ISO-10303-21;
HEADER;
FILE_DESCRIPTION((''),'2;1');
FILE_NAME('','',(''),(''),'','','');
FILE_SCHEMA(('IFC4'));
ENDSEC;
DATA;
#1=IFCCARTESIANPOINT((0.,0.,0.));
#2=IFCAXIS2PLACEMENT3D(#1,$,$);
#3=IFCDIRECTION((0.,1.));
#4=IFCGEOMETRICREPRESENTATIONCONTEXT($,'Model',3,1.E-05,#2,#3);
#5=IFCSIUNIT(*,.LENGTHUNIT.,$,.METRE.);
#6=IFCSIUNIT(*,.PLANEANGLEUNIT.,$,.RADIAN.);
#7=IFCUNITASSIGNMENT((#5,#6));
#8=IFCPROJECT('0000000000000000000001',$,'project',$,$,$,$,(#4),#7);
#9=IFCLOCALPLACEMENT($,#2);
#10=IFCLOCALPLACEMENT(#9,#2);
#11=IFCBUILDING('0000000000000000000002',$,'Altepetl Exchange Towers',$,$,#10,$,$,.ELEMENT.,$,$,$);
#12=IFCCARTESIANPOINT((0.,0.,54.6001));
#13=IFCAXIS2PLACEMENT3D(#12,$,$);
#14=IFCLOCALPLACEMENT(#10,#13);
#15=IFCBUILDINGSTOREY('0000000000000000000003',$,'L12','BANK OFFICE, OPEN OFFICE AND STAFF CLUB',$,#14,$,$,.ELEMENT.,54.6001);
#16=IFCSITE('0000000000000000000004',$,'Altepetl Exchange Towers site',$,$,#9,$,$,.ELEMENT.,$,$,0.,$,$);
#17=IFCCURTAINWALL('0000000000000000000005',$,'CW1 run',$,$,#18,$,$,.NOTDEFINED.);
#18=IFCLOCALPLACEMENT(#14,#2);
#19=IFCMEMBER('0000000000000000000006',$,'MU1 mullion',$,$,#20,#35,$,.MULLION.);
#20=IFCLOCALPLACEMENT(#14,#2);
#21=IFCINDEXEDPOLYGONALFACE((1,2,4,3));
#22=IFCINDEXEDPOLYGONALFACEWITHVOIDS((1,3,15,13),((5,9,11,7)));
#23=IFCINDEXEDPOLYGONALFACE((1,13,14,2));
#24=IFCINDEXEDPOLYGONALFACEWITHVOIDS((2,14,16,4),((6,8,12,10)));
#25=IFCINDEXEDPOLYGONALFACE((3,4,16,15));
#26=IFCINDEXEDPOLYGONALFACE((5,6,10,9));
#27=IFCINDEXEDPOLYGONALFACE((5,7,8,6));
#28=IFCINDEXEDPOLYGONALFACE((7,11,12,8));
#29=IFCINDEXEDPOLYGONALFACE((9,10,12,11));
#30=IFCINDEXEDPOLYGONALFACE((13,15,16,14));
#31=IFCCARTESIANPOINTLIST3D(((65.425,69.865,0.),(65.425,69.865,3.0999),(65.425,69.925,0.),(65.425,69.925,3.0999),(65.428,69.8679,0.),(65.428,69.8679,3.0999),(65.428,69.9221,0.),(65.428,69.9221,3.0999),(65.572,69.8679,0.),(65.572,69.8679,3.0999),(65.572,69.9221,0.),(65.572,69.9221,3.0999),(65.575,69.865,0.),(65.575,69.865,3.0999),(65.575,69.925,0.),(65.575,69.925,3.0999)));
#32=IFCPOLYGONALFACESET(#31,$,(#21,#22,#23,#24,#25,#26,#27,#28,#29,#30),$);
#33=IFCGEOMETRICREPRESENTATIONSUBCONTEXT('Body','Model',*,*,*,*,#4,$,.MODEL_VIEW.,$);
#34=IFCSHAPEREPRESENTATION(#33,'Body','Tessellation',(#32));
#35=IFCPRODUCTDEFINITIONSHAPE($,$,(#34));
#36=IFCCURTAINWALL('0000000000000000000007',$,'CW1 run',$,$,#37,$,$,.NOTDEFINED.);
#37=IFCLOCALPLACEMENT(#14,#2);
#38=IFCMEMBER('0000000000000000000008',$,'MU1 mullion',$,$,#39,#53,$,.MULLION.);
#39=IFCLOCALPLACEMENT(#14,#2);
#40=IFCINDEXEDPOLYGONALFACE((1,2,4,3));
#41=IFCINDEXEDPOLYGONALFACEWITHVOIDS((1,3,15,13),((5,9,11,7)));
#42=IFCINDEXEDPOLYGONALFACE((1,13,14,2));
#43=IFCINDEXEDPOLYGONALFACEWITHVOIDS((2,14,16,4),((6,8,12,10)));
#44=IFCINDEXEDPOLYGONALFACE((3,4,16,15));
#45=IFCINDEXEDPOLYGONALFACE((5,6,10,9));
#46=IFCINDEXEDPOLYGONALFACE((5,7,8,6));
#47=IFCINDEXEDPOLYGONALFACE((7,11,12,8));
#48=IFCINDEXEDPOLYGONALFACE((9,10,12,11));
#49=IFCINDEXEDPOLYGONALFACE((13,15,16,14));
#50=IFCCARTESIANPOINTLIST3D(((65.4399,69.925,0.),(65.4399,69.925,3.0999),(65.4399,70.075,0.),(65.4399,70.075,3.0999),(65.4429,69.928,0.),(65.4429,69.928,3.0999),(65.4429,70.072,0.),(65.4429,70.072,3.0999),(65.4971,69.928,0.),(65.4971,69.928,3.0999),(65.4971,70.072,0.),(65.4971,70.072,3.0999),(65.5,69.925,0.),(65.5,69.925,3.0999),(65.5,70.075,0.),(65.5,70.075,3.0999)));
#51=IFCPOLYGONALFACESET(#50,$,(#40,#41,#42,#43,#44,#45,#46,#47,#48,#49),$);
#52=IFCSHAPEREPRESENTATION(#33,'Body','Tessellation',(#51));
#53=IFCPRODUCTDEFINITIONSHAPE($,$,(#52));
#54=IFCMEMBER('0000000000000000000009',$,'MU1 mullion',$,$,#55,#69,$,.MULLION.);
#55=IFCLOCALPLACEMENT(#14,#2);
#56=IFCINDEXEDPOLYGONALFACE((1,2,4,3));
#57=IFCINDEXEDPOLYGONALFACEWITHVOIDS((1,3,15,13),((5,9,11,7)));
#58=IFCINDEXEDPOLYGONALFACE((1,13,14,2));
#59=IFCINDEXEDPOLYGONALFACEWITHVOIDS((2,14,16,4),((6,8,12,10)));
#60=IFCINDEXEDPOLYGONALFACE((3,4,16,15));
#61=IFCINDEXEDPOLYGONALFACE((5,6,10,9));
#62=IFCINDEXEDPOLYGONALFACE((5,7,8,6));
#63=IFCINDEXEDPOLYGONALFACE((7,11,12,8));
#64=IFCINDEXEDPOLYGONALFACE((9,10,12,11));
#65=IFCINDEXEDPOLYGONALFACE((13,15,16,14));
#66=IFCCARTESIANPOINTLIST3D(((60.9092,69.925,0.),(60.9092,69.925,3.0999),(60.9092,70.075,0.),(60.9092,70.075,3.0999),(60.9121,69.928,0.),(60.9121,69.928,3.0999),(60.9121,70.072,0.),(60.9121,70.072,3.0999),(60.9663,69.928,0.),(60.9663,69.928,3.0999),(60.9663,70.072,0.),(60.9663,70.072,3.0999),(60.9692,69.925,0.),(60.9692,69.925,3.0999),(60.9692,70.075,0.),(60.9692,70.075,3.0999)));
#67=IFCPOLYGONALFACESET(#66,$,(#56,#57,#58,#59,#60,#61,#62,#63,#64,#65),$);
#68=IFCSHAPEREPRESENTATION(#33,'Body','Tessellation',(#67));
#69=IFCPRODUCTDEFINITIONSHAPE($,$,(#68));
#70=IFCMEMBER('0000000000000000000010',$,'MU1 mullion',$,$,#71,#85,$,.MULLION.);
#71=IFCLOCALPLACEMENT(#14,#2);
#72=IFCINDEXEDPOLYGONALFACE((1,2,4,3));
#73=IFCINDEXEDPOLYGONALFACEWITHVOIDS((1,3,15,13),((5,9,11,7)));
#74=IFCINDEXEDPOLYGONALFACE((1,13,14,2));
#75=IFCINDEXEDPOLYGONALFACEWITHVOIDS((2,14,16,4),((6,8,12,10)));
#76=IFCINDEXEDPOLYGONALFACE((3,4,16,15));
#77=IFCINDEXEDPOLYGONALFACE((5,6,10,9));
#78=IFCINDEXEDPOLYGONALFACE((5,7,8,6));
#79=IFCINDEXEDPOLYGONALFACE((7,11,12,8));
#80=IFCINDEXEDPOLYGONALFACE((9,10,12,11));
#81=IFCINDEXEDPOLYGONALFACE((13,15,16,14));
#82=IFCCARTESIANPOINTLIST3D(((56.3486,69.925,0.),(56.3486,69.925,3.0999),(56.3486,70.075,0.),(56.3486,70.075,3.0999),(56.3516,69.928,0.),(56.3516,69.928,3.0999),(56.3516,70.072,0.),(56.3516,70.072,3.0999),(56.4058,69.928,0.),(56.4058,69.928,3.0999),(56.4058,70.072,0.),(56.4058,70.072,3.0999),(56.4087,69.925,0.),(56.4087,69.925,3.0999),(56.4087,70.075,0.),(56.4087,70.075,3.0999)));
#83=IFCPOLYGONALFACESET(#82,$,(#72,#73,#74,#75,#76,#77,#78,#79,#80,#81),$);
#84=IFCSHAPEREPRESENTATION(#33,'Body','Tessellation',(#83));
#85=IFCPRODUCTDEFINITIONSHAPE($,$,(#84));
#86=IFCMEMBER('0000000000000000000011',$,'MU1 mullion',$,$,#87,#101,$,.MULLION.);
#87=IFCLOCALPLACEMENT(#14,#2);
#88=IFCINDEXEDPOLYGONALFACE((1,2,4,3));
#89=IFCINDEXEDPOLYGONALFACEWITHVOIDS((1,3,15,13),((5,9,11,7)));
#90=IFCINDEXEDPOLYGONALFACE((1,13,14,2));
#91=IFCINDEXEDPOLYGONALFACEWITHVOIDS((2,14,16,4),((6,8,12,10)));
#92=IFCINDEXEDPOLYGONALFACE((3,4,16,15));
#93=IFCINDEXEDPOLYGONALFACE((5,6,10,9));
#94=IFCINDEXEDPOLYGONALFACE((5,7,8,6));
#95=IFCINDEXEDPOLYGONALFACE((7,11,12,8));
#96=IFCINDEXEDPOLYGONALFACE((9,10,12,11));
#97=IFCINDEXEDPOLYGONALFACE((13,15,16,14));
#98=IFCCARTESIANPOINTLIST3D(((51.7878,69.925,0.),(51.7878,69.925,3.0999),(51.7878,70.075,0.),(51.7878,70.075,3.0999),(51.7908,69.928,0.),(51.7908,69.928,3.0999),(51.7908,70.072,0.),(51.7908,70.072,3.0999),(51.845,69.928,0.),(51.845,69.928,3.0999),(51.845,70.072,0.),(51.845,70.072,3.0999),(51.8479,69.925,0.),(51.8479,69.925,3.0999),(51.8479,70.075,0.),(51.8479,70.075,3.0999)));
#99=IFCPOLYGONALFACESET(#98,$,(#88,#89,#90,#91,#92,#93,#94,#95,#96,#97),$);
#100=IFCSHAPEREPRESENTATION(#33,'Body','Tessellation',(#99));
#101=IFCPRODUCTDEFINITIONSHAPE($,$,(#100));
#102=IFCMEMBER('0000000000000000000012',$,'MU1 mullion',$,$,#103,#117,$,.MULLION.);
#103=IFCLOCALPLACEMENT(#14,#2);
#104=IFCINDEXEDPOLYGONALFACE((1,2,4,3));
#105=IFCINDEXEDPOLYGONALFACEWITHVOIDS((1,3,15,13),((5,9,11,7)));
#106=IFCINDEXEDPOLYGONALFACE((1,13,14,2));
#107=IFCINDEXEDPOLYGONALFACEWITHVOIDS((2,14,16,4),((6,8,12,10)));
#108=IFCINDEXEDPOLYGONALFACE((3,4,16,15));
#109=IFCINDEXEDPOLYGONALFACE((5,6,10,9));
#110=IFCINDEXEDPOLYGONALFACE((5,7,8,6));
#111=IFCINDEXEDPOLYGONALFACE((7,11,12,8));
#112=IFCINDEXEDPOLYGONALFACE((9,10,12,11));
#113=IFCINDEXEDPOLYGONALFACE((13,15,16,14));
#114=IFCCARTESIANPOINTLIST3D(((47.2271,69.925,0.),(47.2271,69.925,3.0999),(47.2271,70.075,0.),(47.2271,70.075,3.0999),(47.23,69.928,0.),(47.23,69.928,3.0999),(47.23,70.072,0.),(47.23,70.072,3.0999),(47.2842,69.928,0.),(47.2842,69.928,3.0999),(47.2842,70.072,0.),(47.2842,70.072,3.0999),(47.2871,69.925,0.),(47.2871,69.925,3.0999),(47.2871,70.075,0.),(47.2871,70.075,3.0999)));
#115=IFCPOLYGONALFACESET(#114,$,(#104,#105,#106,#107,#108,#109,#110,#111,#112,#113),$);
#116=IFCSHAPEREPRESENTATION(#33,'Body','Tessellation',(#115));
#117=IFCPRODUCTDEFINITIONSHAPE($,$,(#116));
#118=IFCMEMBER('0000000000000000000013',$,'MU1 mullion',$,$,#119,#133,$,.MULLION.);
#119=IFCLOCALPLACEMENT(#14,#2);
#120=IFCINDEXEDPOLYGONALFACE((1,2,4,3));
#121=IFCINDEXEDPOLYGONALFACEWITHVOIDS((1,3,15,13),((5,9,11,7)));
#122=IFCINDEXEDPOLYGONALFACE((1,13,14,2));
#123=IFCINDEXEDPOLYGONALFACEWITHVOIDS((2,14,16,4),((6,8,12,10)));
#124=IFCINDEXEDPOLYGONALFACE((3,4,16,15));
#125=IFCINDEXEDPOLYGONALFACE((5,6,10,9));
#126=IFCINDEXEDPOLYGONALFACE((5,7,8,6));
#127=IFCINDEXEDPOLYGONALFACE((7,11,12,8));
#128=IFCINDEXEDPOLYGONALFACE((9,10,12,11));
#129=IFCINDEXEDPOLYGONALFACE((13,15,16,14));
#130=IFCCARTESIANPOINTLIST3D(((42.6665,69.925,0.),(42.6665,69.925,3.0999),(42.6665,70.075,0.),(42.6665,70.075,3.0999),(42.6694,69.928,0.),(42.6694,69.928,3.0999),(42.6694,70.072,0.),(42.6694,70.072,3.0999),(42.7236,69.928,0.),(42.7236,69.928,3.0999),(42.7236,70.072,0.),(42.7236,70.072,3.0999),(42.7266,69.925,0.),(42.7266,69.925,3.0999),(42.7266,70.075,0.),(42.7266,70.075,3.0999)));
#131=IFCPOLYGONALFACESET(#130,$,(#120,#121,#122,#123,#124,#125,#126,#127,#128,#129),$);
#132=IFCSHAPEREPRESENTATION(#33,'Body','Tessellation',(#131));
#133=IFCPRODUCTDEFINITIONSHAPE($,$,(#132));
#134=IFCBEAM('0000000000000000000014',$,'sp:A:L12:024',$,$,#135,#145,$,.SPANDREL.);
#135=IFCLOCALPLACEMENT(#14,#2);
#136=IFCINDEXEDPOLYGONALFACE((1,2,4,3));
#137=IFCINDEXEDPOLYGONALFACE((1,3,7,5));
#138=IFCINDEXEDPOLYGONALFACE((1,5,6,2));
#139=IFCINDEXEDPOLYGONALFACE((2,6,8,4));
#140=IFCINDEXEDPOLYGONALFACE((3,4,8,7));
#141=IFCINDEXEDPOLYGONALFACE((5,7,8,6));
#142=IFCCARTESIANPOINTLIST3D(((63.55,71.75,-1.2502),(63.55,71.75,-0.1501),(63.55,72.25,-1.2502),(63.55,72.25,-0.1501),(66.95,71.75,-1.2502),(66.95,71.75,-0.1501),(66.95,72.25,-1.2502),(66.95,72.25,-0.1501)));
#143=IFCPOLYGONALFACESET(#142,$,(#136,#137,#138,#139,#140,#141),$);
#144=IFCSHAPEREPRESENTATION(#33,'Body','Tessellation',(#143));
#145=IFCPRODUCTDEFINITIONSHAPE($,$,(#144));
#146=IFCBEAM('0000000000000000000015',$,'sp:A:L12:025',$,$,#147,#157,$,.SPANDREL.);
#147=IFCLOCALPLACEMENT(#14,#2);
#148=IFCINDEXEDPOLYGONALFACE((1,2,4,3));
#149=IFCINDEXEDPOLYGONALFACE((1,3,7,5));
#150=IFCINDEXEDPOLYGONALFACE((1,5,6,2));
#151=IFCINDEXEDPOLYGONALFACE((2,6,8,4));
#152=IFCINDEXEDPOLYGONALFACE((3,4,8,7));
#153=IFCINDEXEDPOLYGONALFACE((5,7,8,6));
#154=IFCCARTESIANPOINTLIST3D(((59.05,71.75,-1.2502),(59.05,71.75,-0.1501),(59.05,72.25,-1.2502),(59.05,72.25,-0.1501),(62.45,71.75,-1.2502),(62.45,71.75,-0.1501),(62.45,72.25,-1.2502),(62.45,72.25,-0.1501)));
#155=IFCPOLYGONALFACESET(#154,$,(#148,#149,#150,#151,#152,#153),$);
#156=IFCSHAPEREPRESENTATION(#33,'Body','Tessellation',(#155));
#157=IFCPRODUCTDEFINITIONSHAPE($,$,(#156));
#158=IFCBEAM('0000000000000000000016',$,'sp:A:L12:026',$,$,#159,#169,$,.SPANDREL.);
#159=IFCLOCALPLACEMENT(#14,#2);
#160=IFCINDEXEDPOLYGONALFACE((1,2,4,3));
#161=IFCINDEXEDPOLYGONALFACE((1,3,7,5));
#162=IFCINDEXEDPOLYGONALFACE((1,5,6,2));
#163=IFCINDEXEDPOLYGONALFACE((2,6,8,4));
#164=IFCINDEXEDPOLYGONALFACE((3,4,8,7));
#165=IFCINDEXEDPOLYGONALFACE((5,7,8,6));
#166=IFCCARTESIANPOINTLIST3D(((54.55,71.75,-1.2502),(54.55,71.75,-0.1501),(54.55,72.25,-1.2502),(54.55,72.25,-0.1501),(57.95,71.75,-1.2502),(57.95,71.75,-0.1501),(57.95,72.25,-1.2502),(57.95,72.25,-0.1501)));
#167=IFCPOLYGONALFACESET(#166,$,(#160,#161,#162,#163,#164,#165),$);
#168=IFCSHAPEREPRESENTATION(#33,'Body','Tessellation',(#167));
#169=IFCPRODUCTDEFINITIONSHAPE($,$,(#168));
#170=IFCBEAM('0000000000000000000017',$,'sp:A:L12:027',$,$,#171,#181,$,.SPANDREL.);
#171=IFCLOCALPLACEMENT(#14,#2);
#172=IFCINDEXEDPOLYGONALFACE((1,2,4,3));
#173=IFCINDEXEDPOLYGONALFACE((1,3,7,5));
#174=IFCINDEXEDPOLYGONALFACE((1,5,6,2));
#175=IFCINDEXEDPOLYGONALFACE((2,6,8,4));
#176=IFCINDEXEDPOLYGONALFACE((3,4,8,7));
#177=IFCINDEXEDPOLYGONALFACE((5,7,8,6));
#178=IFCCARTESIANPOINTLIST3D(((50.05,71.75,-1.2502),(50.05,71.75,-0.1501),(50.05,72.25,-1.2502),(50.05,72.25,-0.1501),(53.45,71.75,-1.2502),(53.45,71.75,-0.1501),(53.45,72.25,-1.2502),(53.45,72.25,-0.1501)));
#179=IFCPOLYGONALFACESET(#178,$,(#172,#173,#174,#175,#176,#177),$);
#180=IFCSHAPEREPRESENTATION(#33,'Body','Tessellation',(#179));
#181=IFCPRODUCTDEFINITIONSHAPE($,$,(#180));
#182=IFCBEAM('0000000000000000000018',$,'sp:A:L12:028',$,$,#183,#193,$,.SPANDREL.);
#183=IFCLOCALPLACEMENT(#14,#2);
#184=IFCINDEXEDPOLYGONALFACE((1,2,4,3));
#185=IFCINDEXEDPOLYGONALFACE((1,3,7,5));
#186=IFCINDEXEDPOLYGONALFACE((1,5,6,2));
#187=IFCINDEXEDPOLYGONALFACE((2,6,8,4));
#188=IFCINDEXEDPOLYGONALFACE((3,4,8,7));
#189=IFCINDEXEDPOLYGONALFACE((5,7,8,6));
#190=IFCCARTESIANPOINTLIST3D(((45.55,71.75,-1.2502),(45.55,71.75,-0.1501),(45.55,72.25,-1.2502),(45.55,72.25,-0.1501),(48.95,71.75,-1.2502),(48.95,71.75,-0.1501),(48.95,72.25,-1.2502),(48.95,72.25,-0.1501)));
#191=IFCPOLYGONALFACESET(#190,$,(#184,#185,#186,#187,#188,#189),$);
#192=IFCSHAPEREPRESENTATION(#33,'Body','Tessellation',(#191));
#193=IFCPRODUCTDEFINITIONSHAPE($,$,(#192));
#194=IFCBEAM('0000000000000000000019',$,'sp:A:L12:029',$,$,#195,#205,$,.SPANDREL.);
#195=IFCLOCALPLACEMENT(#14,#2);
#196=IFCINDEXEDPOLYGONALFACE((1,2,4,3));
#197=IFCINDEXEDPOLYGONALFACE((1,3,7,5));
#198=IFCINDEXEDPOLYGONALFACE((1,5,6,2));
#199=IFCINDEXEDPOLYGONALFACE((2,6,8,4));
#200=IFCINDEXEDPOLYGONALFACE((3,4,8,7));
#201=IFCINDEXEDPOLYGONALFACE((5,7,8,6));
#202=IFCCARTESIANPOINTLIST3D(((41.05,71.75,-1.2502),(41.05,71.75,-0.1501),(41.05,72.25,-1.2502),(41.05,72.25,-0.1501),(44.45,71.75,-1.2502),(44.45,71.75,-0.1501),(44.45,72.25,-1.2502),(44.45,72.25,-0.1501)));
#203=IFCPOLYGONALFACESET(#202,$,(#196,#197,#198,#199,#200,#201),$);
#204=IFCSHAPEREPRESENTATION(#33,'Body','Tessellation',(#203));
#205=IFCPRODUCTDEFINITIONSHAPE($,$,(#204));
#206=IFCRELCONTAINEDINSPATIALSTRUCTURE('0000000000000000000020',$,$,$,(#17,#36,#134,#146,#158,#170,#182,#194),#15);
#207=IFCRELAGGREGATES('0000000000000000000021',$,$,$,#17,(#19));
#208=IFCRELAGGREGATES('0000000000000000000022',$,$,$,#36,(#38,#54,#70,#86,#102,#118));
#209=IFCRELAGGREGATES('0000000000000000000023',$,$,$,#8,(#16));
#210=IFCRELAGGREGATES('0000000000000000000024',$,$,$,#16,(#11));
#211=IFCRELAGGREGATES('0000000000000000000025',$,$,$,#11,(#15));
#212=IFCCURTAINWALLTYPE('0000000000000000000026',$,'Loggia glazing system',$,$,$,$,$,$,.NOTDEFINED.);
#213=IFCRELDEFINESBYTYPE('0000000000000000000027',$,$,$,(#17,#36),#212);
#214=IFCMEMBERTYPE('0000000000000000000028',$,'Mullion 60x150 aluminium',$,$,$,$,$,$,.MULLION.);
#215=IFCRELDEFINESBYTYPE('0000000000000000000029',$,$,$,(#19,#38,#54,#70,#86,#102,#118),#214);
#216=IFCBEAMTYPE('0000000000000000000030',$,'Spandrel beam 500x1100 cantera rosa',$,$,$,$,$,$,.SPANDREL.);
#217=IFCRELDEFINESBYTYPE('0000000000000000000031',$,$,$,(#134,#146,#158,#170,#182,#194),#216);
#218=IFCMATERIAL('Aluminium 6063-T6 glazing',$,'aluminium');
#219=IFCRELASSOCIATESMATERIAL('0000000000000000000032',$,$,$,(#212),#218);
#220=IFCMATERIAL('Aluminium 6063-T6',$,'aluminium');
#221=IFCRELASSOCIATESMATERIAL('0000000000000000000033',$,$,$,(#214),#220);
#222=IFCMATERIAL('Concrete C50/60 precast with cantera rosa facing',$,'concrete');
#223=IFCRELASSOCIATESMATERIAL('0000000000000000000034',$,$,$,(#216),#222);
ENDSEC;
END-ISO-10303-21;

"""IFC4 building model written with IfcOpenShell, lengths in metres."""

from ifc_helpers import new_model, si_unit, direction, frame, origin, origin_2d, place, context, subcontext, project, spatial, rectangle, hollow_rectangle, extrude, material, material_profile, profile_set, type_object, element, aggregate, save


model = new_model("IFC4")

# Units and contexts
model_context = context("Model", 3, precision=1e-05, world=origin(), true_north=direction((0.0, 1.0)))
body_context = subcontext(model_context, "Body", "Model", "MODEL_VIEW")
ifc_project = project(units=[si_unit("LENGTHUNIT", "METRE"), si_unit("PLANEANGLEUNIT", "RADIAN")], contexts=[model_context])

# Site, building, storey
site_placement = place(None, origin())
site = spatial("IfcSite", under=ifc_project, at=site_placement, Name="Altepetl Exchange Towers site", CompositionType="ELEMENT", RefElevation=0.0)
building_placement = place(site_placement, origin())
building = spatial("IfcBuilding", under=site, at=building_placement, Name="Altepetl Exchange Towers", CompositionType="ELEMENT")
storey_placement = place(building_placement, frame((0.0, 0.0, 54.6001)))
storey = spatial("IfcBuildingStorey", under=building, at=storey_placement, Name="L12", Description="BANK OFFICE, OPEN OFFICE AND STAFF CLUB", CompositionType="ELEMENT", Elevation=54.6001)

# Shared definitions
ifc_material_1 = material(Name="Aluminium 6063-T6 glazing", Category="aluminium")
curtain_wall_type = type_object("IfcCurtainWallType", Name="Loggia glazing system", PredefinedType="NOTDEFINED", material=ifc_material_1)
ifc_material_2 = material(Name="Aluminium 6063-T6", Category="aluminium")
ifc_material_profile_1 = material_profile(ifc_material_2, hollow_rectangle(XDim=0.0601, YDim=0.1499, WallThickness=0.0029, at=origin_2d()), Name="Mullion 60x150 aluminium")
ifc_profile_set_1 = profile_set([ifc_material_profile_1], Name="Aluminium 6063-T6")
member_type = type_object("IfcMemberType", Name="Mullion 60x150 aluminium", PredefinedType="MULLION", material=ifc_profile_set_1)

# Curtain walls, members
curtain_wall_1_placement = place(storey_placement, origin())
curtain_wall_1 = element("IfcCurtainWall", 1, at=curtain_wall_1_placement, inside=storey, type_object=curtain_wall_type, Name="CW1 run", PredefinedType="NOTDEFINED")
member_1_placement = place(storey_placement, frame((65.5, 69.895, 0.0), z_axis=(0.0, 0.0, 1.0), x_axis=(0.0, 1.0, 0.0)))
member_1 = element("IfcMember", 2, at=member_1_placement, type_object=member_type, Name="MU1 mullion", PredefinedType="MULLION", context=body_context, shape_type="SweptSolid", body=[
    extrude(hollow_rectangle(XDim=0.0601, YDim=0.1499, WallThickness=0.0029, at=origin_2d()), origin(), (0.0, 0.0, 1.0), 3.0999),
])
curtain_wall_2_placement = place(storey_placement, origin())
curtain_wall_2 = element("IfcCurtainWall", 3, at=curtain_wall_2_placement, inside=storey, type_object=curtain_wall_type, Name="CW1 run", PredefinedType="NOTDEFINED")
member_2_placement = place(storey_placement, frame((65.47, 70.0, 0.0), z_axis=(0.0, 0.0, 1.0), x_axis=(-1.0, 0.0, 0.0)))
member_2 = element("IfcMember", 4, at=member_2_placement, type_object=member_type, Name="MU1 mullion", PredefinedType="MULLION", context=body_context, shape_type="SweptSolid", body=[
    extrude(hollow_rectangle(XDim=0.0601, YDim=0.1499, WallThickness=0.0029, at=origin_2d()), origin(), (0.0, 0.0, 1.0), 3.0999),
])
member_3_placement = place(storey_placement, frame((60.9392, 70.0, 0.0), z_axis=(0.0, 0.0, 1.0), x_axis=(-1.0, 0.0, 0.0)))
member_3 = element("IfcMember", 5, at=member_3_placement, type_object=member_type, Name="MU1 mullion", PredefinedType="MULLION", context=body_context, shape_type="SweptSolid", body=[
    extrude(hollow_rectangle(XDim=0.0601, YDim=0.1499, WallThickness=0.0029, at=origin_2d()), origin(), (0.0, 0.0, 1.0), 3.0999),
])
member_4_placement = place(storey_placement, frame((56.3787, 70.0, 0.0), z_axis=(0.0, 0.0, 1.0), x_axis=(-1.0, 0.0, 0.0)))
member_4 = element("IfcMember", 6, at=member_4_placement, type_object=member_type, Name="MU1 mullion", PredefinedType="MULLION", context=body_context, shape_type="SweptSolid", body=[
    extrude(hollow_rectangle(XDim=0.0601, YDim=0.1499, WallThickness=0.0029, at=origin_2d()), origin(), (0.0, 0.0, 1.0), 3.0999),
])
member_5_placement = place(storey_placement, frame((51.8179, 70.0, 0.0), z_axis=(0.0, 0.0, 1.0), x_axis=(-1.0, 0.0, 0.0)))
member_5 = element("IfcMember", 7, at=member_5_placement, type_object=member_type, Name="MU1 mullion", PredefinedType="MULLION", context=body_context, shape_type="SweptSolid", body=[
    extrude(hollow_rectangle(XDim=0.0601, YDim=0.1499, WallThickness=0.0029, at=origin_2d()), origin(), (0.0, 0.0, 1.0), 3.0999),
])
member_6_placement = place(storey_placement, frame((47.2571, 70.0, 0.0), z_axis=(0.0, 0.0, 1.0), x_axis=(-1.0, 0.0, 0.0)))
member_6 = element("IfcMember", 8, at=member_6_placement, type_object=member_type, Name="MU1 mullion", PredefinedType="MULLION", context=body_context, shape_type="SweptSolid", body=[
    extrude(hollow_rectangle(XDim=0.0601, YDim=0.1499, WallThickness=0.0029, at=origin_2d()), origin(), (0.0, 0.0, 1.0), 3.0999),
])
member_7_placement = place(storey_placement, frame((42.6965, 70.0, 0.0), z_axis=(0.0, 0.0, 1.0), x_axis=(-1.0, 0.0, 0.0)))
member_7 = element("IfcMember", 9, at=member_7_placement, type_object=member_type, Name="MU1 mullion", PredefinedType="MULLION", context=body_context, shape_type="SweptSolid", body=[
    extrude(hollow_rectangle(XDim=0.0601, YDim=0.1499, WallThickness=0.0029, at=origin_2d()), origin(), (0.0, 0.0, 1.0), 3.0999),
])

# Beams
ifc_material_3 = material(Name="Concrete C50/60 precast with cantera rosa facing", Category="concrete")
ifc_material_profile_2 = material_profile(ifc_material_3, rectangle(XDim=0.5, YDim=1.1001, at=origin_2d()), Name="500 x 1100")
ifc_profile_set_2 = profile_set([ifc_material_profile_2], Name="Concrete C50/60 precast with cantera rosa facing")
beam_type_1 = type_object("IfcBeamType", Name="Spandrel beam 500x1100 cantera rosa", PredefinedType="SPANDREL", material=ifc_profile_set_2)
for number, where, z_axis, x_axis, name in (
    (10, (66.95, 72.0, -0.7002), (-1.0, 0.0, 0.0), (0.0, -1.0, 0.0), "sp:A:L12:024"),
    (11, (62.45, 72.0, -0.7002), (-1.0, 0.0, 0.0), (0.0, -1.0, 0.0), "sp:A:L12:025"),
    (12, (57.95, 72.0, -0.7002), (-1.0, 0.0, 0.0), (0.0, -1.0, 0.0), "sp:A:L12:026"),
    (13, (53.45, 72.0, -0.7002), (-1.0, 0.0, 0.0), (0.0, -1.0, 0.0), "sp:A:L12:027"),
    (14, (48.95, 72.0, -0.7002), (-1.0, 0.0, 0.0), (0.0, -1.0, 0.0), "sp:A:L12:028"),
    (15, (44.45, 72.0, -0.7002), (-1.0, 0.0, 0.0), (0.0, -1.0, 0.0), "sp:A:L12:029"),
):
    element("IfcBeam", number, at=place(storey_placement, frame(where, z_axis=z_axis, x_axis=x_axis)), inside=storey, type_object=beam_type_1, Name=name, PredefinedType="SPANDREL", context=body_context, shape_type="SweptSolid", body=[
        extrude(rectangle(XDim=0.5, YDim=1.1001, at=origin_2d()), origin(), (0.0, 0.0, 1.0), 3.3999),
    ])

aggregate(curtain_wall_1, [member_1])
aggregate(curtain_wall_2, [member_2, member_3, member_4, member_5, member_6, member_7])

save(model, "model.ifc")
